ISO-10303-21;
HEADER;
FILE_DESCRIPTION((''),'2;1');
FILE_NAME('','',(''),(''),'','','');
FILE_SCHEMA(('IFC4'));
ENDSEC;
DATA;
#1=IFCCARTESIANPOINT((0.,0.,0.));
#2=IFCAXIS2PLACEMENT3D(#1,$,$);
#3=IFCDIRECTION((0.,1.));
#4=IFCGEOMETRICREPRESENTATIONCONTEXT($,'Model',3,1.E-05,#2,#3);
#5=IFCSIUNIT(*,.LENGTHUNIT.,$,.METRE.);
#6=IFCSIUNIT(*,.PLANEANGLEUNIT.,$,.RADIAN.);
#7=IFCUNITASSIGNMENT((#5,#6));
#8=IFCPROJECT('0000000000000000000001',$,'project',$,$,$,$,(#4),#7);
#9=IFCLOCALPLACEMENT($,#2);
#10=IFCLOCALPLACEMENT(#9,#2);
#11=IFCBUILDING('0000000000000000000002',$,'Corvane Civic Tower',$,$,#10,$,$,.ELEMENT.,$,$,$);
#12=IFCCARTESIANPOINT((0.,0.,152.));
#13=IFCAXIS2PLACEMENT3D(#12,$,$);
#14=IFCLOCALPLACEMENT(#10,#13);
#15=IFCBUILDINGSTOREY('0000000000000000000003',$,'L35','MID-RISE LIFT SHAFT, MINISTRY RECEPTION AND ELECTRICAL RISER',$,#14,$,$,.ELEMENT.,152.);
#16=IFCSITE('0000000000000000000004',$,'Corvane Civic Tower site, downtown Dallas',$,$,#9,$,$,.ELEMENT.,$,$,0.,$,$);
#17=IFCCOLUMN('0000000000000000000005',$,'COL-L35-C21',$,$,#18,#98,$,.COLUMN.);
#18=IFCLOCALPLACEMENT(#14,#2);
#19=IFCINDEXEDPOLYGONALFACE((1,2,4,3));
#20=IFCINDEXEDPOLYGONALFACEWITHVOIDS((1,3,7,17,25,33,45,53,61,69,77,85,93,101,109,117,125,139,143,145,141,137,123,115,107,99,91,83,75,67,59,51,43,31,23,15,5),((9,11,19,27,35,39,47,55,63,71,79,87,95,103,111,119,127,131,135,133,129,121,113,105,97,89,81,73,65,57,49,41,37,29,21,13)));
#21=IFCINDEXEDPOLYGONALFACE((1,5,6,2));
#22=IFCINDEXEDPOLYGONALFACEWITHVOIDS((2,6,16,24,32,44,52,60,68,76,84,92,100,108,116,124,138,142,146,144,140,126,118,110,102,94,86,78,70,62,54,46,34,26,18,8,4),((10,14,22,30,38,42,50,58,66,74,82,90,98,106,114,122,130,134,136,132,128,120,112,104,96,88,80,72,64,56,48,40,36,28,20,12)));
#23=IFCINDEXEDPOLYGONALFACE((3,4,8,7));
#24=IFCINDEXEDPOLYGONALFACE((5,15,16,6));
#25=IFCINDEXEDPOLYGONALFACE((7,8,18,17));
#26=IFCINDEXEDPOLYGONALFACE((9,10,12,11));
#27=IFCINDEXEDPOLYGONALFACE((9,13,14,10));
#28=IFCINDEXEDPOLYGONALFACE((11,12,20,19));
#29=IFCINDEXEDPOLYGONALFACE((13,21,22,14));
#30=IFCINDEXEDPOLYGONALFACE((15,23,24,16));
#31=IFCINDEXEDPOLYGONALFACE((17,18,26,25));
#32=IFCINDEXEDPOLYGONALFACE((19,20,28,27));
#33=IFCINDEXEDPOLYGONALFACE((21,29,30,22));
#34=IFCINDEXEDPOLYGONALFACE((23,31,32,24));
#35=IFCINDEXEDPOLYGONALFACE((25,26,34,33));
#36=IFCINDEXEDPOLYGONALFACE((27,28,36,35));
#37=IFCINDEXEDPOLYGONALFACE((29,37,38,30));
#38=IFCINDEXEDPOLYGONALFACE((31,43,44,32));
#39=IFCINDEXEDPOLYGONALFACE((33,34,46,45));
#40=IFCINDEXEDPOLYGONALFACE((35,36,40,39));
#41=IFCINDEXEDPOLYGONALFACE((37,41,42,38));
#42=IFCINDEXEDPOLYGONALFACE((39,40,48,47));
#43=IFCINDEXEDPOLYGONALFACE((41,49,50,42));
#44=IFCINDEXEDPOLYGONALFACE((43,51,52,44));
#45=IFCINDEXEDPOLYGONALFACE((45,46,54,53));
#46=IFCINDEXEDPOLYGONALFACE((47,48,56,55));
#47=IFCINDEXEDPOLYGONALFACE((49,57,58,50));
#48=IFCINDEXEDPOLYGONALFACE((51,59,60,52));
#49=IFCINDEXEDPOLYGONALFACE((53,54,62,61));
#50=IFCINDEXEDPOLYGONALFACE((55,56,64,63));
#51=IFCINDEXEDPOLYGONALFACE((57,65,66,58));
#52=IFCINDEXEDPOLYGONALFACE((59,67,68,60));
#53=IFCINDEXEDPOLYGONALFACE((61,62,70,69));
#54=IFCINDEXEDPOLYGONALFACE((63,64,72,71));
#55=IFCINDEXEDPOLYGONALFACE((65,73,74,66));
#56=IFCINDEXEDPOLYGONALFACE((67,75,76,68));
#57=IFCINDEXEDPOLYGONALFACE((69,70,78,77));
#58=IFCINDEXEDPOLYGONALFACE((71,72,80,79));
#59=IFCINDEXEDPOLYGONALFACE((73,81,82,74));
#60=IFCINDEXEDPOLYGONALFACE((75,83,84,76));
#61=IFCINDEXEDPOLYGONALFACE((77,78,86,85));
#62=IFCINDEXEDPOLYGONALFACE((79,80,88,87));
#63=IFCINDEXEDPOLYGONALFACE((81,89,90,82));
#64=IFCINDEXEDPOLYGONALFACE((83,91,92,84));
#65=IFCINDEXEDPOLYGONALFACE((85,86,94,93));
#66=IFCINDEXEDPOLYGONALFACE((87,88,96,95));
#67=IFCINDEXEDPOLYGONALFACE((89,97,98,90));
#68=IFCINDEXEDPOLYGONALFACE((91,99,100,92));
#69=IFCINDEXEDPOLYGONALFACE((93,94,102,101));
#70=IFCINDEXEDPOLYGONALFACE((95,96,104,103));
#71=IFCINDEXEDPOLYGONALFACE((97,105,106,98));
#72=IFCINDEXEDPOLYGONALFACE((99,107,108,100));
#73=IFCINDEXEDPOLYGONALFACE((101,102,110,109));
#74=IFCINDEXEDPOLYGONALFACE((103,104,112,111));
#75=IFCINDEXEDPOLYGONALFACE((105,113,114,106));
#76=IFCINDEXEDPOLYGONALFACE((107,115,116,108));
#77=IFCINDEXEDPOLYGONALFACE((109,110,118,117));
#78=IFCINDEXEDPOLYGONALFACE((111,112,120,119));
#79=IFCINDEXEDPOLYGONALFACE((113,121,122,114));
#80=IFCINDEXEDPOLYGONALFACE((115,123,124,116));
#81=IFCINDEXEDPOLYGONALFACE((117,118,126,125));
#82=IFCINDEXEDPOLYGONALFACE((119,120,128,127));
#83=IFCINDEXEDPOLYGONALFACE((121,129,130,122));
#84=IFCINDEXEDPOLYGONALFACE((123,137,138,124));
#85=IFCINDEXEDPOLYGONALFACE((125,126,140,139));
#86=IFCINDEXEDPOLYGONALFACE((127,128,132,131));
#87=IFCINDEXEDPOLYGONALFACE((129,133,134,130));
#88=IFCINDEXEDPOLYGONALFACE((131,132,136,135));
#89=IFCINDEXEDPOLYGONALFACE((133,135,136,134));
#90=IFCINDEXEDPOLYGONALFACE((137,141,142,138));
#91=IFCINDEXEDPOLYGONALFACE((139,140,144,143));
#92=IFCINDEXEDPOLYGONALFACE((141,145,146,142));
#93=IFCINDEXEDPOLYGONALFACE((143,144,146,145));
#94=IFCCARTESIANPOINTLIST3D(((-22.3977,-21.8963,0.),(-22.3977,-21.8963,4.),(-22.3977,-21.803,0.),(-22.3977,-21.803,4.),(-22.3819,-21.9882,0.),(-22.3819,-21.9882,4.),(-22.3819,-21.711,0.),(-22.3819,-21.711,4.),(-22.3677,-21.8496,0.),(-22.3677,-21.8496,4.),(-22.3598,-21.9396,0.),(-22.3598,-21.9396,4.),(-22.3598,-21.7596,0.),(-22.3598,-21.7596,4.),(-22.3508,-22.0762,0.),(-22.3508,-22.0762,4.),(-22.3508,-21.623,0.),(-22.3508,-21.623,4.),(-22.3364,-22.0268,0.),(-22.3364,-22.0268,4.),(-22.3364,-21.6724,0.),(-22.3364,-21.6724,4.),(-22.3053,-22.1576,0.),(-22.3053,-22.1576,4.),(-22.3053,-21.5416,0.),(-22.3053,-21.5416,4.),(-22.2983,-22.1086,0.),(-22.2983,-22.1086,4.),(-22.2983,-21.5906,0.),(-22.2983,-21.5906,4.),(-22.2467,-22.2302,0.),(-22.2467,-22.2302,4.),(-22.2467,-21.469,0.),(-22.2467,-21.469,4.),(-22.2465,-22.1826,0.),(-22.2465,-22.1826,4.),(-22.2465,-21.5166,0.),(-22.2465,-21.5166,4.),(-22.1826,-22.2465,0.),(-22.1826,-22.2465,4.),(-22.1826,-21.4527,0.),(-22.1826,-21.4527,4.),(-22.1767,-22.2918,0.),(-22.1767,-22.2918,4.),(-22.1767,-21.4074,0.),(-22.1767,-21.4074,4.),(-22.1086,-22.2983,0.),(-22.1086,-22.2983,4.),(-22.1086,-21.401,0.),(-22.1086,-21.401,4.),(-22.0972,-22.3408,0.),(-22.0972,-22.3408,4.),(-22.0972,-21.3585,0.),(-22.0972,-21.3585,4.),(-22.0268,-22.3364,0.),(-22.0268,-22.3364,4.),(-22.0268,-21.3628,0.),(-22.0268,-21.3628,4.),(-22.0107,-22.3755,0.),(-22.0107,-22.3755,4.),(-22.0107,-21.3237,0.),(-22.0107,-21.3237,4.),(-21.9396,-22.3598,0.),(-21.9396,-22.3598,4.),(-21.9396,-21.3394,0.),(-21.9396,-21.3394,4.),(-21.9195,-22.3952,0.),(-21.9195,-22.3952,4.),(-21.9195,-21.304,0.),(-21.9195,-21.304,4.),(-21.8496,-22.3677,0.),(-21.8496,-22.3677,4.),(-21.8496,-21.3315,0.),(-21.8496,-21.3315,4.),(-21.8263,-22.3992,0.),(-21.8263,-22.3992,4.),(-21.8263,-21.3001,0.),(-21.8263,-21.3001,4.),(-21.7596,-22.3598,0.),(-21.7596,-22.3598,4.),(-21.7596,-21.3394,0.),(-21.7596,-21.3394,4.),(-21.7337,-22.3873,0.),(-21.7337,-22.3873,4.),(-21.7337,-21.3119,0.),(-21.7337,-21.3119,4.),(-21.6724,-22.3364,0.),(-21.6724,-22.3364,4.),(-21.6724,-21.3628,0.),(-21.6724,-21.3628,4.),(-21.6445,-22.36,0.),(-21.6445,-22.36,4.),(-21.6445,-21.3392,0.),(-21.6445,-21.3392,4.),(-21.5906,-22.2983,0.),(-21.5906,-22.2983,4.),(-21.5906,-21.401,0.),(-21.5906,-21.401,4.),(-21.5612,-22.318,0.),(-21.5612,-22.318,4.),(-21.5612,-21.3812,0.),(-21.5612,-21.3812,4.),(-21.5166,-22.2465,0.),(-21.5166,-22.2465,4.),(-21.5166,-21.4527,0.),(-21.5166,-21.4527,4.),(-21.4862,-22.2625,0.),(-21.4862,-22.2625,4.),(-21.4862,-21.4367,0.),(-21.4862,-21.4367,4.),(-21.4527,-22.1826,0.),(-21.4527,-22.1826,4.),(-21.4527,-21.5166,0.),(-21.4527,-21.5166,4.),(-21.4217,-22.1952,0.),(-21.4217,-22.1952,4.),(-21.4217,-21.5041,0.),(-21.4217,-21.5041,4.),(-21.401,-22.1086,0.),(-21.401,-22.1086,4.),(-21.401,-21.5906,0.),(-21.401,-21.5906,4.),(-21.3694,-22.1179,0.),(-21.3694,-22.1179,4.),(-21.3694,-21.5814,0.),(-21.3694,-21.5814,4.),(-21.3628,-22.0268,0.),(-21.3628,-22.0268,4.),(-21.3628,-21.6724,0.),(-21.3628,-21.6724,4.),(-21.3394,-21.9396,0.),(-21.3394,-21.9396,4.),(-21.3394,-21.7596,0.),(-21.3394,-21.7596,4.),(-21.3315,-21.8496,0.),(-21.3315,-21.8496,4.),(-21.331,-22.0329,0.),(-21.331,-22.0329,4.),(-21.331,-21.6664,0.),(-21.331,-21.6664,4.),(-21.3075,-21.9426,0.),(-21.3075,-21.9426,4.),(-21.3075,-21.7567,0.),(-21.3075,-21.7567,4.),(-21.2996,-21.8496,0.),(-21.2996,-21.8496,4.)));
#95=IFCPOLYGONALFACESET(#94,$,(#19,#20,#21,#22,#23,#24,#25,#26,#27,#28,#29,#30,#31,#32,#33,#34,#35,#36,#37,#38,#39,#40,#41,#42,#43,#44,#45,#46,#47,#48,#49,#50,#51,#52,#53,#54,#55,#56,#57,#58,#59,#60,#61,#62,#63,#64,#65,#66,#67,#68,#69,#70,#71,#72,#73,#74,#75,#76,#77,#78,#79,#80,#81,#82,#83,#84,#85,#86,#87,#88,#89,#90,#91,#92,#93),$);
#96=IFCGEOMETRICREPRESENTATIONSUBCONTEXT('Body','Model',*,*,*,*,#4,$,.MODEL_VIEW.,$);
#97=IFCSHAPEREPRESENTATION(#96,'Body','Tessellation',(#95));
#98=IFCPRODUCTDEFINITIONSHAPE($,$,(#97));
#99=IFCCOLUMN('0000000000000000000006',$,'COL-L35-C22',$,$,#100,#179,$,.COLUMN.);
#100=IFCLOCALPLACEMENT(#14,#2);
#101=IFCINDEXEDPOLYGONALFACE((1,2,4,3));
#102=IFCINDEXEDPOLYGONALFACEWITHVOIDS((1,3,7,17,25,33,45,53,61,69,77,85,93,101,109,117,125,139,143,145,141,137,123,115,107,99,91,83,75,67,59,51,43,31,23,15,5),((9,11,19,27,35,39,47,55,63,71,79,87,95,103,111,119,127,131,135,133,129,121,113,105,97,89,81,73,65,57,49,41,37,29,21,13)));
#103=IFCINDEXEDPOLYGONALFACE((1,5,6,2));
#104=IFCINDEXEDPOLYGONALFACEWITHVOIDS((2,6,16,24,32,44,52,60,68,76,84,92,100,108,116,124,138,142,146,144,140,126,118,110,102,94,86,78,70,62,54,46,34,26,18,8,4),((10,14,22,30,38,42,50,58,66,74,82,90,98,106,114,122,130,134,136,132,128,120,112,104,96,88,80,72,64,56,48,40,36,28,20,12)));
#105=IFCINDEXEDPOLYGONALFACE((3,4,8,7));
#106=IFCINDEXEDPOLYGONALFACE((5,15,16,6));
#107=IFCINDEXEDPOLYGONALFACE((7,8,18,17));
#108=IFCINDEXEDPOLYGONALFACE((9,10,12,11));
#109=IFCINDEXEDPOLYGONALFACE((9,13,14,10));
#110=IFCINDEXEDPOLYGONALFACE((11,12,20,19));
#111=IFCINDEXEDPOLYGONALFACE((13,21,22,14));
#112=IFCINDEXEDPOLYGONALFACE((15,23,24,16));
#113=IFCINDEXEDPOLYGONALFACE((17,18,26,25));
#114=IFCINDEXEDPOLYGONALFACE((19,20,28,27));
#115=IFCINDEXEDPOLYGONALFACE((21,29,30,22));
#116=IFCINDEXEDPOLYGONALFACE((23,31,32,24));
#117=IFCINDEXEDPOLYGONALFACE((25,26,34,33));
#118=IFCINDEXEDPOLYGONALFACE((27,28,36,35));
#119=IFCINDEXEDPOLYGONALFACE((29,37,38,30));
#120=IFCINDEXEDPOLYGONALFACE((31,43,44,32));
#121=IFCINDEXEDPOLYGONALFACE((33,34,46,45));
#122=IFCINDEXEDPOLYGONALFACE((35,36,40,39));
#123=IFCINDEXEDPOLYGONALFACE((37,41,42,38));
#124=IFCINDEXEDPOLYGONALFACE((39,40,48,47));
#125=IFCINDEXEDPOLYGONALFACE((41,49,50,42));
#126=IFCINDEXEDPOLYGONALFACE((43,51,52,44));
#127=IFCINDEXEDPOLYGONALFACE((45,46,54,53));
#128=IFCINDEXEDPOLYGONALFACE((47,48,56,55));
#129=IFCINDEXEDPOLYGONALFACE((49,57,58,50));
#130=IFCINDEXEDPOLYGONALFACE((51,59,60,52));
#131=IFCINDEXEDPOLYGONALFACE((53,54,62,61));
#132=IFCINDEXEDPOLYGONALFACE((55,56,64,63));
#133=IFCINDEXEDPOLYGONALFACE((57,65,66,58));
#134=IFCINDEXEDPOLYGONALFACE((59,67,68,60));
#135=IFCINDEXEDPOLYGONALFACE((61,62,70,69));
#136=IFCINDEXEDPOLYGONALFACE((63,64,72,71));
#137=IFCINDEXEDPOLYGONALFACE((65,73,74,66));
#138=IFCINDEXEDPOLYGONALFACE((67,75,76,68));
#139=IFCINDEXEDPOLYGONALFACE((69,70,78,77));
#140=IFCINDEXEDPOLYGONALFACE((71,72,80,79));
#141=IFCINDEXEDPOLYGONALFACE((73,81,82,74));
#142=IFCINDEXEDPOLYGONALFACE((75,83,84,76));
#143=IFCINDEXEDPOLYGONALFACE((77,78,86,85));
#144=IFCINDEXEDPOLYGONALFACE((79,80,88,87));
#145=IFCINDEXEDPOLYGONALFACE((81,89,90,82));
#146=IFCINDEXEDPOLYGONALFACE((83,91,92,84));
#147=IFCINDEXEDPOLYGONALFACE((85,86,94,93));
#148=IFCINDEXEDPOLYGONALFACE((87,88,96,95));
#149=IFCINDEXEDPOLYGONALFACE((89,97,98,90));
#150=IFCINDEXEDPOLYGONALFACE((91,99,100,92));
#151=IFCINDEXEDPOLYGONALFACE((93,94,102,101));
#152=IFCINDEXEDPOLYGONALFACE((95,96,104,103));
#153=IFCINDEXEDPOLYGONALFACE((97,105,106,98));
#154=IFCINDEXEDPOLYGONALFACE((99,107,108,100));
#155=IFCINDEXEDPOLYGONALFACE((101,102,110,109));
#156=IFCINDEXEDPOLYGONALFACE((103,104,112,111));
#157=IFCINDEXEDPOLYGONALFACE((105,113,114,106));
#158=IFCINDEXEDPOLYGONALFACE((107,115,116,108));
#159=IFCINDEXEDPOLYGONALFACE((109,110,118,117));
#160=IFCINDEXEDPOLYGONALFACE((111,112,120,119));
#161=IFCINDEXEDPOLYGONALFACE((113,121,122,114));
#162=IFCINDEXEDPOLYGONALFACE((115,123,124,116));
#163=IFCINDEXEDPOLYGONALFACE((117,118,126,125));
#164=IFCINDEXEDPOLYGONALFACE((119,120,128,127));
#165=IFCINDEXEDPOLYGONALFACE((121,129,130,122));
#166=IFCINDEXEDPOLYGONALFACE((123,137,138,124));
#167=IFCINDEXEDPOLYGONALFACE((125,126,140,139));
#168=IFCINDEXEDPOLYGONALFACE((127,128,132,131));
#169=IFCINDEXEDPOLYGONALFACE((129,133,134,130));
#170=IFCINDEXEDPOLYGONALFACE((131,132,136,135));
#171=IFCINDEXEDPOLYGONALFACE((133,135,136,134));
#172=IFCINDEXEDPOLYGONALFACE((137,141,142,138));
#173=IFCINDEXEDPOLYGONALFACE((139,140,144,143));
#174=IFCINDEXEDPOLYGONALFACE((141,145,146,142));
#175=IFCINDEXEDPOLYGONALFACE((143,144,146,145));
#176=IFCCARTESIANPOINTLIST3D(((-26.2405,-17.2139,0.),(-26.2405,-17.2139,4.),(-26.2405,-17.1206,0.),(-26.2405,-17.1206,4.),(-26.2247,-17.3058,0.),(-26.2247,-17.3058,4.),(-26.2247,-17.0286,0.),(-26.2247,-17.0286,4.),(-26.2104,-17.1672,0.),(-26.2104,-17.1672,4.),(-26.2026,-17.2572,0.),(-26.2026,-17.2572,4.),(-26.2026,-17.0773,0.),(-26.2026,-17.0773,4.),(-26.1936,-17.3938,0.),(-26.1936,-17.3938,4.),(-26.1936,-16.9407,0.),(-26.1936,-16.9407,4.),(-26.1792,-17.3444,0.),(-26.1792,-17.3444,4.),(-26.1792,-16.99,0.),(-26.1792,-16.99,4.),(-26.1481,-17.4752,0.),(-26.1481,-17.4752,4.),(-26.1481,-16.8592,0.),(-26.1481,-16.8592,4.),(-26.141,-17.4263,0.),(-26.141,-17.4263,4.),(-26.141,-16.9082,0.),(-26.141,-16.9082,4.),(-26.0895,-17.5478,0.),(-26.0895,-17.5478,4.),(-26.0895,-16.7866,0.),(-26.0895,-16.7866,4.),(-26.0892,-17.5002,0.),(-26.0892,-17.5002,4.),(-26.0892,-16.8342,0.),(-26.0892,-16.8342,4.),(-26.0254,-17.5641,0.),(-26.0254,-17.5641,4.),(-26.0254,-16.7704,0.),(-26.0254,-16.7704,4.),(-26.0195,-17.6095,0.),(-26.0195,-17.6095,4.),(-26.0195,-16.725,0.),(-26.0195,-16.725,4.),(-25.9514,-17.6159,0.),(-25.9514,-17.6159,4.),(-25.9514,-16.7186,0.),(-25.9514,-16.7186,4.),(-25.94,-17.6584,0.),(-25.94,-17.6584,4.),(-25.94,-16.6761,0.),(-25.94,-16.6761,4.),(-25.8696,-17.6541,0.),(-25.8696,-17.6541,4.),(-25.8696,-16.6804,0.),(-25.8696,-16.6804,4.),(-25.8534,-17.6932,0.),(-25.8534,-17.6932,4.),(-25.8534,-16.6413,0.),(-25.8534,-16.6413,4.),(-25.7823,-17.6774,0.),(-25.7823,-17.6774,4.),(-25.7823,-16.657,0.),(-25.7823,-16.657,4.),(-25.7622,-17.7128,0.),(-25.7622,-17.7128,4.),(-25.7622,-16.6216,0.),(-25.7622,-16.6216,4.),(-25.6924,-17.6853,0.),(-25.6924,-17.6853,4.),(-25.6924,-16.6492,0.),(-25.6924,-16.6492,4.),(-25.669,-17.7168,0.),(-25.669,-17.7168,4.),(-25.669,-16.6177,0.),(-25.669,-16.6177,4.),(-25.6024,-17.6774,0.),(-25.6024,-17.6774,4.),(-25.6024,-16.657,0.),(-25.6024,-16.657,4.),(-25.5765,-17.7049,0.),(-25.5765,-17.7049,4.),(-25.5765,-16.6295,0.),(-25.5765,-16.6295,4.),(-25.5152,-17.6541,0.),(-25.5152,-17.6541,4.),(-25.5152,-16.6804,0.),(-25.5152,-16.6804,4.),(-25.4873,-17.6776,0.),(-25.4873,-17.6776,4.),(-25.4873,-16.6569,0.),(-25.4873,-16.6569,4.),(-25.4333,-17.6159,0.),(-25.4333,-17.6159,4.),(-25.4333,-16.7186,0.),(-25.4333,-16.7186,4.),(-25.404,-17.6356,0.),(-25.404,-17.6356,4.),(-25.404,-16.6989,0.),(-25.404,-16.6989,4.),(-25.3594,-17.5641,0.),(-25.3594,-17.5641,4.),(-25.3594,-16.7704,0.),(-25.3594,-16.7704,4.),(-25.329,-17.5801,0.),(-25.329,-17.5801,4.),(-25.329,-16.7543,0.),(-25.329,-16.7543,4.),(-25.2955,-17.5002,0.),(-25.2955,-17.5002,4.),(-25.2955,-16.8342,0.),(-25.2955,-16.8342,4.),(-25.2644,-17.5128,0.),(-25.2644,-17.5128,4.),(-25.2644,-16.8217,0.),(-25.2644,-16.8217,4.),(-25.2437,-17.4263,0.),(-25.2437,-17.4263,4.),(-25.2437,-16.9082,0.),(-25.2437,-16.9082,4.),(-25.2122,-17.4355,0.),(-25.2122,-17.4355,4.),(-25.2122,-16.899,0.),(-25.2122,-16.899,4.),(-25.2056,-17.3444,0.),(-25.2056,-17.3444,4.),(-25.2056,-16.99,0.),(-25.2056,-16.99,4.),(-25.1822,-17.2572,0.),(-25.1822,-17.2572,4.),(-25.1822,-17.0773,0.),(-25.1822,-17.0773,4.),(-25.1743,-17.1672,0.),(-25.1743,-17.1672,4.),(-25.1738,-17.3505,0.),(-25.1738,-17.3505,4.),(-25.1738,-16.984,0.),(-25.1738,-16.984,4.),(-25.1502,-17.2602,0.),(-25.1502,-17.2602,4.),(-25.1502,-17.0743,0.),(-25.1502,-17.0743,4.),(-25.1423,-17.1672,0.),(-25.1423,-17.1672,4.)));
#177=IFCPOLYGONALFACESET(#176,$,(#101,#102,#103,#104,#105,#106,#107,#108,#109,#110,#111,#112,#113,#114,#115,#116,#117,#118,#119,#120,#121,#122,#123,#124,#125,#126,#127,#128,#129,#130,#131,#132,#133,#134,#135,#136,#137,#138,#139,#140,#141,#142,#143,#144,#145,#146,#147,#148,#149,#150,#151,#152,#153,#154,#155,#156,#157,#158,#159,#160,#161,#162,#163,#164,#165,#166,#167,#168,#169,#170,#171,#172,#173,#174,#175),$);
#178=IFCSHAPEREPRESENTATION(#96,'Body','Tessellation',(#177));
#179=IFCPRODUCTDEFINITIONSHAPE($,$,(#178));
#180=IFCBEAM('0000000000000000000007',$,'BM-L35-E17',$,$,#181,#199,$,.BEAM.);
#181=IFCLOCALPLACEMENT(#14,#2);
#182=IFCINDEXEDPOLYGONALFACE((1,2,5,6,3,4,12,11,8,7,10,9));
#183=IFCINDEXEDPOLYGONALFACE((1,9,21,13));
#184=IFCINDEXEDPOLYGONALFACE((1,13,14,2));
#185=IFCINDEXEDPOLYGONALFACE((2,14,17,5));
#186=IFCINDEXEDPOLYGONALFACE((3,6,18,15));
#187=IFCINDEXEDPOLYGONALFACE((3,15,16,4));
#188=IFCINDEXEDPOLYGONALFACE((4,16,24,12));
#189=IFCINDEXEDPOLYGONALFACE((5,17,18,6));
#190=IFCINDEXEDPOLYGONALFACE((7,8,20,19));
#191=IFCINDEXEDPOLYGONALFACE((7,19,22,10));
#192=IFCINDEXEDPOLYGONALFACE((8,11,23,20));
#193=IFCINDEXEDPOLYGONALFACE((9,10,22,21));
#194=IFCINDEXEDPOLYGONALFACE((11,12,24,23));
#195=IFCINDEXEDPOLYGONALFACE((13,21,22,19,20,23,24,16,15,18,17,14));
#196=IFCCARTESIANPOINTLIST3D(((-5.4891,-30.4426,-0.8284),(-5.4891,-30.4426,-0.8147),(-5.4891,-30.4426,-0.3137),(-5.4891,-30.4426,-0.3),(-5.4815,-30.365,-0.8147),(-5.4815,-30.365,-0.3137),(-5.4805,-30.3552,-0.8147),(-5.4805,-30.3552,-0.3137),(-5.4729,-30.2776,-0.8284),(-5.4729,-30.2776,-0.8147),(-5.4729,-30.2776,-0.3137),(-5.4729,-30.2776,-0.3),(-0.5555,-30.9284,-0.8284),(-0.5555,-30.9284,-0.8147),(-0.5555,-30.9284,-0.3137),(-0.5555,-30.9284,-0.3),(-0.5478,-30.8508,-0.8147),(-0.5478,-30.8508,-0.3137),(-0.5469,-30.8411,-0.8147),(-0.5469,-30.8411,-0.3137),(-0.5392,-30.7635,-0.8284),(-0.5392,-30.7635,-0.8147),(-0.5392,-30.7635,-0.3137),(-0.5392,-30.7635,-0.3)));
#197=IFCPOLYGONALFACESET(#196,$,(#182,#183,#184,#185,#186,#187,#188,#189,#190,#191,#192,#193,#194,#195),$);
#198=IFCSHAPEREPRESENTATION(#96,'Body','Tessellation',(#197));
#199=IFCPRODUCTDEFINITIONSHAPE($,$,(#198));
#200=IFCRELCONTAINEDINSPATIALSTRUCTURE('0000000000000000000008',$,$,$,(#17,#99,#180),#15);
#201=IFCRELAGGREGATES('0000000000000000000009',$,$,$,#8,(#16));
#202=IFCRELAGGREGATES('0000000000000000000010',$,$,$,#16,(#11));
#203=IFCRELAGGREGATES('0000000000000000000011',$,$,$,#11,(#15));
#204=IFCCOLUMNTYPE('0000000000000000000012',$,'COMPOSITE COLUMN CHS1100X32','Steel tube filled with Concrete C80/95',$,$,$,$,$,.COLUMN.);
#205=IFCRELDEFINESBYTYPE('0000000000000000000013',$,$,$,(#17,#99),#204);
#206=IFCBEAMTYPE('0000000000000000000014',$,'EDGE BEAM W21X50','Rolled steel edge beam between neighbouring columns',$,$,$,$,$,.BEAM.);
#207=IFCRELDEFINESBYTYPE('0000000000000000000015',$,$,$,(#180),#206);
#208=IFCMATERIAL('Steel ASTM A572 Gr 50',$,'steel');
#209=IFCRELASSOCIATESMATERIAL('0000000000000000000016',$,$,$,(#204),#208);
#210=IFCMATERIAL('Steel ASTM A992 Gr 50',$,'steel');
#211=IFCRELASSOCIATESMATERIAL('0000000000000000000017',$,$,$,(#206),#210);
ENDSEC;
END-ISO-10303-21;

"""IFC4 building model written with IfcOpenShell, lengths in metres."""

from ifc_helpers import new_model, si_unit, direction, frame, origin, origin_2d, place, context, subcontext, project, spatial, hollow_circle, i_section, extrude, material, material_profile, profile_set, type_object, element, save


model = new_model("IFC4")

# Units and contexts
model_context = context("Model", 3, precision=1e-05, world=origin(), true_north=direction((0.0, 1.0)))
body_context = subcontext(model_context, "Body", "Model", "MODEL_VIEW")
ifc_project = project(units=[si_unit("LENGTHUNIT", "METRE"), si_unit("PLANEANGLEUNIT", "RADIAN")], contexts=[model_context])

# Site, building, storey
site_placement = place(None, origin())
site = spatial("IfcSite", under=ifc_project, at=site_placement, Name="Corvane Civic Tower site, downtown Dallas", CompositionType="ELEMENT", RefElevation=0.0)
building_placement = place(site_placement, origin())
building = spatial("IfcBuilding", under=site, at=building_placement, Name="Corvane Civic Tower", CompositionType="ELEMENT")
storey_placement = place(building_placement, frame((0.0, 0.0, 152.0)))
storey = spatial("IfcBuildingStorey", under=building, at=storey_placement, Name="L35", Description="MID-RISE LIFT SHAFT, MINISTRY RECEPTION AND ELECTRICAL RISER", CompositionType="ELEMENT", Elevation=152.0)

# Columns
ifc_material_1 = material(Name="Steel ASTM A572 Gr 50", Category="steel")
ifc_material_profile_1 = material_profile(ifc_material_1, hollow_circle(Radius=0.55, WallThickness=0.032, at=origin_2d()), Name="CHS1100X32")
ifc_profile_set_1 = profile_set([ifc_material_profile_1], Name="Steel ASTM A572 Gr 50")
column_type = type_object("IfcColumnType", Name="COMPOSITE COLUMN CHS1100X32", Description="Steel tube filled with Concrete C80/95", PredefinedType="COLUMN", material=ifc_profile_set_1)
for number, where, z_axis, x_axis, name in (
    (1, (-21.8496, -21.8496, 0.0), (0.0, 0.0, 1.0), (1.0, 0.0, 0.0), "COL-L35-C21"),
    (2, (-25.6924, -17.1672, 0.0), (0.0, 0.0, 1.0), (1.0, 0.0, 0.0), "COL-L35-C22"),
):
    element("IfcColumn", number, at=place(storey_placement, frame(where, z_axis=z_axis, x_axis=x_axis)), inside=storey, type_object=column_type, Name=name, PredefinedType="COLUMN", context=body_context, shape_type="SweptSolid", body=[
        extrude(hollow_circle(Radius=0.55, WallThickness=0.032, at=origin_2d()), origin(), (0.0, 0.0, 1.0), 4.0),
    ])

# Beam
ifc_material_2 = material(Name="Steel ASTM A992 Gr 50", Category="steel")
ifc_material_profile_2 = material_profile(ifc_material_2, i_section(OverallWidth=0.1658, OverallDepth=0.5283, WebThickness=0.0098, FlangeThickness=0.0137, at=origin_2d()), Name="W21X50")
ifc_profile_set_2 = profile_set([ifc_material_profile_2], Name="Steel ASTM A992 Gr 50")
beam_type_1 = type_object("IfcBeamType", Name="EDGE BEAM W21X50", Description="Rolled steel edge beam between neighbouring columns", PredefinedType="BEAM", material=ifc_profile_set_2)
beam_1_placement = place(storey_placement, frame((-0.5474, -30.8459, -0.5642), z_axis=(-0.995186, 0.098002, 0.0), x_axis=(-0.098002, -0.995186, 0.0)))
element("IfcBeam", 3, at=beam_1_placement, inside=storey, type_object=beam_type_1, Name="BM-L35-E17", PredefinedType="BEAM", context=body_context, shape_type="SweptSolid", body=[
    extrude(i_section(OverallWidth=0.1658, OverallDepth=0.5283, WebThickness=0.0098, FlangeThickness=0.0137, at=origin_2d()), origin(), (0.0, 0.0, 1.0), 4.9575),
])

save(model, "model.ifc")
